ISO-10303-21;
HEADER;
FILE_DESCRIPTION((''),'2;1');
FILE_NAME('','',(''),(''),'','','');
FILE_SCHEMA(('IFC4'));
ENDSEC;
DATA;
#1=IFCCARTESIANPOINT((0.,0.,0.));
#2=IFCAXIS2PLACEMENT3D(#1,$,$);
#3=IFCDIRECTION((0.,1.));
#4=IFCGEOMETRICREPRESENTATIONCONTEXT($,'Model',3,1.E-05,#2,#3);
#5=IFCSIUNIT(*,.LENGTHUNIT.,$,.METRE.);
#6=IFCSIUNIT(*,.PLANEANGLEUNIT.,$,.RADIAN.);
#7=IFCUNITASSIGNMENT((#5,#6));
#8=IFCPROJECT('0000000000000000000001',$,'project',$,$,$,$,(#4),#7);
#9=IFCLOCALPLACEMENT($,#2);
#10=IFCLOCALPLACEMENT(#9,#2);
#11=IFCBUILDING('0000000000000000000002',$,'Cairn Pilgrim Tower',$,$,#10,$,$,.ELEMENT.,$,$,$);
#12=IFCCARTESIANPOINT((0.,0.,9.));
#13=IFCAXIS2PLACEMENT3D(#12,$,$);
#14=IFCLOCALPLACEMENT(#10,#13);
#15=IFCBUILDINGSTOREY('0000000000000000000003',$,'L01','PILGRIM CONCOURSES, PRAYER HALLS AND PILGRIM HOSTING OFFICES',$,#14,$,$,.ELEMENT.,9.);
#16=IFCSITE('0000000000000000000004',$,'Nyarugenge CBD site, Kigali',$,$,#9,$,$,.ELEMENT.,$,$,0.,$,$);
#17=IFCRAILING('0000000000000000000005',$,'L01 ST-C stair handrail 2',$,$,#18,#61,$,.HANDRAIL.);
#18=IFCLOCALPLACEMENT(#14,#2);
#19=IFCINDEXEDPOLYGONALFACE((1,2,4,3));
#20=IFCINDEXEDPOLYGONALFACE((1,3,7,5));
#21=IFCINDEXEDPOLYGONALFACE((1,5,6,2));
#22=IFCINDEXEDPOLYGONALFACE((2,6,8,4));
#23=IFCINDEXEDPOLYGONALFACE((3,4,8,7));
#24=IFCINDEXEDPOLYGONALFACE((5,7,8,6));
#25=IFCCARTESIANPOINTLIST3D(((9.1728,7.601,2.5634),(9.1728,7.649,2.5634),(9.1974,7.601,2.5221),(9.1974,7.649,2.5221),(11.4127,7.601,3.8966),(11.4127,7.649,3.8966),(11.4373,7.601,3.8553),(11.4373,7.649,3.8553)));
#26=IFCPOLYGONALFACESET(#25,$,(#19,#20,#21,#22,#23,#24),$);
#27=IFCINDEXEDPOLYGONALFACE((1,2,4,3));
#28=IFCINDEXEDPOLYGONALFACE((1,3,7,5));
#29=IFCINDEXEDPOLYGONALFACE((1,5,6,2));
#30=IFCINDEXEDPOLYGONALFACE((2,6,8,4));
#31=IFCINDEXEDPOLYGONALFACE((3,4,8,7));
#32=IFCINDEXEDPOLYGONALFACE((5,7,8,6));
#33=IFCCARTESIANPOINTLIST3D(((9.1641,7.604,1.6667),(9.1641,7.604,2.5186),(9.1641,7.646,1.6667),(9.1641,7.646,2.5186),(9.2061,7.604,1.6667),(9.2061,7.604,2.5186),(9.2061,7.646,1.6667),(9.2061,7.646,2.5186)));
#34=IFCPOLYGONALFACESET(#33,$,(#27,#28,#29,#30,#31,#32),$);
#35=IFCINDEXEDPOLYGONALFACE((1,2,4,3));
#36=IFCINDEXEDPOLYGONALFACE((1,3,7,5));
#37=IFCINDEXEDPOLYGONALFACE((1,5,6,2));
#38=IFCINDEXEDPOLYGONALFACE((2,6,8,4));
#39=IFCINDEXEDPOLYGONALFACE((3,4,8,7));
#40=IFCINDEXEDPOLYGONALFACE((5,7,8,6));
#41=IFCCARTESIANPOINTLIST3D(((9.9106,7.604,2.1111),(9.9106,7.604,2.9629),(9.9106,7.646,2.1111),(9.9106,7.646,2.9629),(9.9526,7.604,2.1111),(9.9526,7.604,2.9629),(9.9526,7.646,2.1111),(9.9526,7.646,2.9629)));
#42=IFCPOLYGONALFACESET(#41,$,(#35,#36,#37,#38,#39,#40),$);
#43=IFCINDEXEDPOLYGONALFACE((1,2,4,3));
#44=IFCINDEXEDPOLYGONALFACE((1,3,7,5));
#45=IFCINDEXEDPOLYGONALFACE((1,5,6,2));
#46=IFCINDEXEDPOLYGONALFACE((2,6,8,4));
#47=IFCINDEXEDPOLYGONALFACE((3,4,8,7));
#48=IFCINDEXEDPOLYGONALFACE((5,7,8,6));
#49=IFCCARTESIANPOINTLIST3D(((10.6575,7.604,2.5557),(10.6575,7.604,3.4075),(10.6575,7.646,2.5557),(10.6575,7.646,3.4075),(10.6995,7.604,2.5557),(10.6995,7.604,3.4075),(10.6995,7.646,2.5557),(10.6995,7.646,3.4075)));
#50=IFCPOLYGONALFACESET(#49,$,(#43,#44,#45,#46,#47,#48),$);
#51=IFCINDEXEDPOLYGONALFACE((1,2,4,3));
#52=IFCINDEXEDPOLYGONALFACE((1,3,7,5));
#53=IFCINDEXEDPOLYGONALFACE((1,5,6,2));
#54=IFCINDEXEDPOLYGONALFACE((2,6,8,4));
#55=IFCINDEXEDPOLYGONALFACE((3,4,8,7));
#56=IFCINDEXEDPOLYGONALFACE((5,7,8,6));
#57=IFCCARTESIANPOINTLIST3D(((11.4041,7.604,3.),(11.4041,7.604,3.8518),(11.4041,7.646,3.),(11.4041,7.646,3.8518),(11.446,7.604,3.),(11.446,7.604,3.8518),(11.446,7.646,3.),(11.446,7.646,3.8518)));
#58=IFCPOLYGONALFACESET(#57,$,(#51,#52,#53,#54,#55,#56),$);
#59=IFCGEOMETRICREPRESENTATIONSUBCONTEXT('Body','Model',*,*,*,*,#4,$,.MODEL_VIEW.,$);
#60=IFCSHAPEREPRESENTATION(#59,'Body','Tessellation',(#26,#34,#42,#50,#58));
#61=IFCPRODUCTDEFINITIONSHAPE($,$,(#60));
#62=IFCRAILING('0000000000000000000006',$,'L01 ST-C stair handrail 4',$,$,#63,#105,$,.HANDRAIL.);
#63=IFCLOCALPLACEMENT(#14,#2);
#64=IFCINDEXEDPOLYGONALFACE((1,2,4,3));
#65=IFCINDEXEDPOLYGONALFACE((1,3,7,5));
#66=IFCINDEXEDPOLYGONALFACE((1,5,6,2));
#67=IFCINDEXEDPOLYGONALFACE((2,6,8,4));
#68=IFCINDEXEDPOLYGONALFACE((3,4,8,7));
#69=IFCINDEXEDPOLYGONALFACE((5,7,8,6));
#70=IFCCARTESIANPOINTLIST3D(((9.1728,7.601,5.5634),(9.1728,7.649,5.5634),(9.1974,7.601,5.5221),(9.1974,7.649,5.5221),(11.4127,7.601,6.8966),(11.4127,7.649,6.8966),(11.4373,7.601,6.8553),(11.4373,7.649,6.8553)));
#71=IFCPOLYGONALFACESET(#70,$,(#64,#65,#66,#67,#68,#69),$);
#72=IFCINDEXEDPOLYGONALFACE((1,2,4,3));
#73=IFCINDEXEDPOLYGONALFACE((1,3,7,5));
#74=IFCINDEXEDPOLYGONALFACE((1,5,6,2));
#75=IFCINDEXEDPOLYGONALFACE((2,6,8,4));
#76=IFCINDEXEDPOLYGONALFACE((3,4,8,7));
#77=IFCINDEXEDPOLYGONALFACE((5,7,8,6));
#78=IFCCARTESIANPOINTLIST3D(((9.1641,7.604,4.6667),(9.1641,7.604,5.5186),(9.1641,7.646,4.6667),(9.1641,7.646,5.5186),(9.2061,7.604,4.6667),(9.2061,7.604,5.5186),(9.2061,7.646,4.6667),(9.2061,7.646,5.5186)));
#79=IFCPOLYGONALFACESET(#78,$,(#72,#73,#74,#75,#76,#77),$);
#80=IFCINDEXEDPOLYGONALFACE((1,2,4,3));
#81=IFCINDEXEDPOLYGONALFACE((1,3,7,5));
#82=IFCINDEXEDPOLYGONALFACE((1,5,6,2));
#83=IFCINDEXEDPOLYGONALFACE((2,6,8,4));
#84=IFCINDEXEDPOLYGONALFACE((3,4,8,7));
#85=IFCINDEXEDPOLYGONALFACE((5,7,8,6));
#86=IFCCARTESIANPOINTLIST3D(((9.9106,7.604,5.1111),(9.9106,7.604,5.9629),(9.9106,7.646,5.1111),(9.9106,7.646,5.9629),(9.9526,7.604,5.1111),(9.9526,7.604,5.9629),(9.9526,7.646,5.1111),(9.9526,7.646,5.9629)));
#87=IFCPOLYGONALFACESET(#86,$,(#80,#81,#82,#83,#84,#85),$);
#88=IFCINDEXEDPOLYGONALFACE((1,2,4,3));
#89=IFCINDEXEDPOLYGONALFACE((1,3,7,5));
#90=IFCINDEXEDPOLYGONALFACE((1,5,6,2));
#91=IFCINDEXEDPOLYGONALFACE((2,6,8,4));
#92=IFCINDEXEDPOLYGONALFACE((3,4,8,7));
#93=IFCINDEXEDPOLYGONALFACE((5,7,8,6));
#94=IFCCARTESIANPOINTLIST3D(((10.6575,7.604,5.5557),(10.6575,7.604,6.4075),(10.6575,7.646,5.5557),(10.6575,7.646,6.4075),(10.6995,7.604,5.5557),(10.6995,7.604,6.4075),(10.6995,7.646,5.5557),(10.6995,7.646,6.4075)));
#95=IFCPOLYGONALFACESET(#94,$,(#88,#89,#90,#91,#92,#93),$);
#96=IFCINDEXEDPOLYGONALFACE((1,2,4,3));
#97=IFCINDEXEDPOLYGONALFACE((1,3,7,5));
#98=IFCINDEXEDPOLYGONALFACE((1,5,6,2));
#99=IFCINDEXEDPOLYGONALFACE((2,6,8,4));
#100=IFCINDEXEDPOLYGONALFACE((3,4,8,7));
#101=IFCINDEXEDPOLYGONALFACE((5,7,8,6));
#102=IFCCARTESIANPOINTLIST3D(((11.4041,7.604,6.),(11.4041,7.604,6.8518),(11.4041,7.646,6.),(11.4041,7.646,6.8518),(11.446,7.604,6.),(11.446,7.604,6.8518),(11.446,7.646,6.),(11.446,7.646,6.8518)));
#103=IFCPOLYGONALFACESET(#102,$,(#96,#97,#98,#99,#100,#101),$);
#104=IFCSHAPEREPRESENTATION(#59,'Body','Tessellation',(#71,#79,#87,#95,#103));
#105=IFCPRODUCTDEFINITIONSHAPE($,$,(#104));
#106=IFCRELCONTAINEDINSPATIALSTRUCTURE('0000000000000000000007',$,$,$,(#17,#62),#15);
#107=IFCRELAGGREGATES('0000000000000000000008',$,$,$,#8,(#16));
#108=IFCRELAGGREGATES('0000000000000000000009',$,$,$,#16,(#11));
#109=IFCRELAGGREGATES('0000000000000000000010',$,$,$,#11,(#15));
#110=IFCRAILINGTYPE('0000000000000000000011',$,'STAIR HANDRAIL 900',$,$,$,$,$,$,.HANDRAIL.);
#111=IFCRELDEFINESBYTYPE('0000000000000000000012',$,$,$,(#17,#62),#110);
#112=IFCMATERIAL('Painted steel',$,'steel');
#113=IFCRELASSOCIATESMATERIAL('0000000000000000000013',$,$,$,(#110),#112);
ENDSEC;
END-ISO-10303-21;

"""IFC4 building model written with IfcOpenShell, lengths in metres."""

from ifc_helpers import new_model, si_unit, direction, frame, origin, origin_2d, place, context, subcontext, project, spatial, rectangle, extrude, material, type_object, element, save


model = new_model("IFC4")

# Units and contexts
model_context = context("Model", 3, precision=1e-05, world=origin(), true_north=direction((0.0, 1.0)))
body_context = subcontext(model_context, "Body", "Model", "MODEL_VIEW")
ifc_project = project(units=[si_unit("LENGTHUNIT", "METRE"), si_unit("PLANEANGLEUNIT", "RADIAN")], contexts=[model_context])

# Site, building, storey
site_placement = place(None, origin())
site = spatial("IfcSite", under=ifc_project, at=site_placement, Name="Nyarugenge CBD site, Kigali", CompositionType="ELEMENT", RefElevation=0.0)
building_placement = place(site_placement, origin())
building = spatial("IfcBuilding", under=site, at=building_placement, Name="Cairn Pilgrim Tower", CompositionType="ELEMENT")
storey_placement = place(building_placement, frame((0.0, 0.0, 9.0)))
storey = spatial("IfcBuildingStorey", under=building, at=storey_placement, Name="L01", Description="PILGRIM CONCOURSES, PRAYER HALLS AND PILGRIM HOSTING OFFICES", CompositionType="ELEMENT", Elevation=9.0)

# Shared definitions
ifc_material_1 = material(Name="Painted steel", Category="steel")

# Railings
railing_type_1 = type_object("IfcRailingType", Name="STAIR HANDRAIL 900", PredefinedType="HANDRAIL", material=ifc_material_1)
for number, where, name in (
    (1, (9.1851, 7.625, 1.6667), "L01 ST-C stair handrail 2"),
    (2, (9.1851, 7.625, 4.6667), "L01 ST-C stair handrail 4"),
):
    element("IfcRailing", number, at=place(storey_placement, frame(where)), inside=storey, type_object=railing_type_1, Name=name, PredefinedType="HANDRAIL", context=body_context, shape_type="SweptSolid", body=[
        extrude(rectangle(XDim=0.0481, YDim=0.0481, at=origin_2d()), frame((0.0, 0.0, 0.876), z_axis=(0.859306, 0.0, 0.511462), x_axis=(0.0, 1.0, 0.0)), (0.0, 0.0, 1.0), 2.6067),
        extrude(rectangle(XDim=0.042, YDim=0.042, at=origin_2d()), origin(), (0.0, 0.0, 1.0), 0.8518),
        extrude(rectangle(XDim=0.042, YDim=0.042, at=origin_2d()), frame((0.7466, 0.0, 0.4443)), (0.0, 0.0, 1.0), 0.8518),
        extrude(rectangle(XDim=0.042, YDim=0.042, at=origin_2d()), frame((1.4934, 0.0, 0.8889)), (0.0, 0.0, 1.0), 0.8518),
        extrude(rectangle(XDim=0.042, YDim=0.042, at=origin_2d()), frame((2.24, 0.0, 1.3333)), (0.0, 0.0, 1.0), 0.8518),
    ])

save(model, "model.ifc")
